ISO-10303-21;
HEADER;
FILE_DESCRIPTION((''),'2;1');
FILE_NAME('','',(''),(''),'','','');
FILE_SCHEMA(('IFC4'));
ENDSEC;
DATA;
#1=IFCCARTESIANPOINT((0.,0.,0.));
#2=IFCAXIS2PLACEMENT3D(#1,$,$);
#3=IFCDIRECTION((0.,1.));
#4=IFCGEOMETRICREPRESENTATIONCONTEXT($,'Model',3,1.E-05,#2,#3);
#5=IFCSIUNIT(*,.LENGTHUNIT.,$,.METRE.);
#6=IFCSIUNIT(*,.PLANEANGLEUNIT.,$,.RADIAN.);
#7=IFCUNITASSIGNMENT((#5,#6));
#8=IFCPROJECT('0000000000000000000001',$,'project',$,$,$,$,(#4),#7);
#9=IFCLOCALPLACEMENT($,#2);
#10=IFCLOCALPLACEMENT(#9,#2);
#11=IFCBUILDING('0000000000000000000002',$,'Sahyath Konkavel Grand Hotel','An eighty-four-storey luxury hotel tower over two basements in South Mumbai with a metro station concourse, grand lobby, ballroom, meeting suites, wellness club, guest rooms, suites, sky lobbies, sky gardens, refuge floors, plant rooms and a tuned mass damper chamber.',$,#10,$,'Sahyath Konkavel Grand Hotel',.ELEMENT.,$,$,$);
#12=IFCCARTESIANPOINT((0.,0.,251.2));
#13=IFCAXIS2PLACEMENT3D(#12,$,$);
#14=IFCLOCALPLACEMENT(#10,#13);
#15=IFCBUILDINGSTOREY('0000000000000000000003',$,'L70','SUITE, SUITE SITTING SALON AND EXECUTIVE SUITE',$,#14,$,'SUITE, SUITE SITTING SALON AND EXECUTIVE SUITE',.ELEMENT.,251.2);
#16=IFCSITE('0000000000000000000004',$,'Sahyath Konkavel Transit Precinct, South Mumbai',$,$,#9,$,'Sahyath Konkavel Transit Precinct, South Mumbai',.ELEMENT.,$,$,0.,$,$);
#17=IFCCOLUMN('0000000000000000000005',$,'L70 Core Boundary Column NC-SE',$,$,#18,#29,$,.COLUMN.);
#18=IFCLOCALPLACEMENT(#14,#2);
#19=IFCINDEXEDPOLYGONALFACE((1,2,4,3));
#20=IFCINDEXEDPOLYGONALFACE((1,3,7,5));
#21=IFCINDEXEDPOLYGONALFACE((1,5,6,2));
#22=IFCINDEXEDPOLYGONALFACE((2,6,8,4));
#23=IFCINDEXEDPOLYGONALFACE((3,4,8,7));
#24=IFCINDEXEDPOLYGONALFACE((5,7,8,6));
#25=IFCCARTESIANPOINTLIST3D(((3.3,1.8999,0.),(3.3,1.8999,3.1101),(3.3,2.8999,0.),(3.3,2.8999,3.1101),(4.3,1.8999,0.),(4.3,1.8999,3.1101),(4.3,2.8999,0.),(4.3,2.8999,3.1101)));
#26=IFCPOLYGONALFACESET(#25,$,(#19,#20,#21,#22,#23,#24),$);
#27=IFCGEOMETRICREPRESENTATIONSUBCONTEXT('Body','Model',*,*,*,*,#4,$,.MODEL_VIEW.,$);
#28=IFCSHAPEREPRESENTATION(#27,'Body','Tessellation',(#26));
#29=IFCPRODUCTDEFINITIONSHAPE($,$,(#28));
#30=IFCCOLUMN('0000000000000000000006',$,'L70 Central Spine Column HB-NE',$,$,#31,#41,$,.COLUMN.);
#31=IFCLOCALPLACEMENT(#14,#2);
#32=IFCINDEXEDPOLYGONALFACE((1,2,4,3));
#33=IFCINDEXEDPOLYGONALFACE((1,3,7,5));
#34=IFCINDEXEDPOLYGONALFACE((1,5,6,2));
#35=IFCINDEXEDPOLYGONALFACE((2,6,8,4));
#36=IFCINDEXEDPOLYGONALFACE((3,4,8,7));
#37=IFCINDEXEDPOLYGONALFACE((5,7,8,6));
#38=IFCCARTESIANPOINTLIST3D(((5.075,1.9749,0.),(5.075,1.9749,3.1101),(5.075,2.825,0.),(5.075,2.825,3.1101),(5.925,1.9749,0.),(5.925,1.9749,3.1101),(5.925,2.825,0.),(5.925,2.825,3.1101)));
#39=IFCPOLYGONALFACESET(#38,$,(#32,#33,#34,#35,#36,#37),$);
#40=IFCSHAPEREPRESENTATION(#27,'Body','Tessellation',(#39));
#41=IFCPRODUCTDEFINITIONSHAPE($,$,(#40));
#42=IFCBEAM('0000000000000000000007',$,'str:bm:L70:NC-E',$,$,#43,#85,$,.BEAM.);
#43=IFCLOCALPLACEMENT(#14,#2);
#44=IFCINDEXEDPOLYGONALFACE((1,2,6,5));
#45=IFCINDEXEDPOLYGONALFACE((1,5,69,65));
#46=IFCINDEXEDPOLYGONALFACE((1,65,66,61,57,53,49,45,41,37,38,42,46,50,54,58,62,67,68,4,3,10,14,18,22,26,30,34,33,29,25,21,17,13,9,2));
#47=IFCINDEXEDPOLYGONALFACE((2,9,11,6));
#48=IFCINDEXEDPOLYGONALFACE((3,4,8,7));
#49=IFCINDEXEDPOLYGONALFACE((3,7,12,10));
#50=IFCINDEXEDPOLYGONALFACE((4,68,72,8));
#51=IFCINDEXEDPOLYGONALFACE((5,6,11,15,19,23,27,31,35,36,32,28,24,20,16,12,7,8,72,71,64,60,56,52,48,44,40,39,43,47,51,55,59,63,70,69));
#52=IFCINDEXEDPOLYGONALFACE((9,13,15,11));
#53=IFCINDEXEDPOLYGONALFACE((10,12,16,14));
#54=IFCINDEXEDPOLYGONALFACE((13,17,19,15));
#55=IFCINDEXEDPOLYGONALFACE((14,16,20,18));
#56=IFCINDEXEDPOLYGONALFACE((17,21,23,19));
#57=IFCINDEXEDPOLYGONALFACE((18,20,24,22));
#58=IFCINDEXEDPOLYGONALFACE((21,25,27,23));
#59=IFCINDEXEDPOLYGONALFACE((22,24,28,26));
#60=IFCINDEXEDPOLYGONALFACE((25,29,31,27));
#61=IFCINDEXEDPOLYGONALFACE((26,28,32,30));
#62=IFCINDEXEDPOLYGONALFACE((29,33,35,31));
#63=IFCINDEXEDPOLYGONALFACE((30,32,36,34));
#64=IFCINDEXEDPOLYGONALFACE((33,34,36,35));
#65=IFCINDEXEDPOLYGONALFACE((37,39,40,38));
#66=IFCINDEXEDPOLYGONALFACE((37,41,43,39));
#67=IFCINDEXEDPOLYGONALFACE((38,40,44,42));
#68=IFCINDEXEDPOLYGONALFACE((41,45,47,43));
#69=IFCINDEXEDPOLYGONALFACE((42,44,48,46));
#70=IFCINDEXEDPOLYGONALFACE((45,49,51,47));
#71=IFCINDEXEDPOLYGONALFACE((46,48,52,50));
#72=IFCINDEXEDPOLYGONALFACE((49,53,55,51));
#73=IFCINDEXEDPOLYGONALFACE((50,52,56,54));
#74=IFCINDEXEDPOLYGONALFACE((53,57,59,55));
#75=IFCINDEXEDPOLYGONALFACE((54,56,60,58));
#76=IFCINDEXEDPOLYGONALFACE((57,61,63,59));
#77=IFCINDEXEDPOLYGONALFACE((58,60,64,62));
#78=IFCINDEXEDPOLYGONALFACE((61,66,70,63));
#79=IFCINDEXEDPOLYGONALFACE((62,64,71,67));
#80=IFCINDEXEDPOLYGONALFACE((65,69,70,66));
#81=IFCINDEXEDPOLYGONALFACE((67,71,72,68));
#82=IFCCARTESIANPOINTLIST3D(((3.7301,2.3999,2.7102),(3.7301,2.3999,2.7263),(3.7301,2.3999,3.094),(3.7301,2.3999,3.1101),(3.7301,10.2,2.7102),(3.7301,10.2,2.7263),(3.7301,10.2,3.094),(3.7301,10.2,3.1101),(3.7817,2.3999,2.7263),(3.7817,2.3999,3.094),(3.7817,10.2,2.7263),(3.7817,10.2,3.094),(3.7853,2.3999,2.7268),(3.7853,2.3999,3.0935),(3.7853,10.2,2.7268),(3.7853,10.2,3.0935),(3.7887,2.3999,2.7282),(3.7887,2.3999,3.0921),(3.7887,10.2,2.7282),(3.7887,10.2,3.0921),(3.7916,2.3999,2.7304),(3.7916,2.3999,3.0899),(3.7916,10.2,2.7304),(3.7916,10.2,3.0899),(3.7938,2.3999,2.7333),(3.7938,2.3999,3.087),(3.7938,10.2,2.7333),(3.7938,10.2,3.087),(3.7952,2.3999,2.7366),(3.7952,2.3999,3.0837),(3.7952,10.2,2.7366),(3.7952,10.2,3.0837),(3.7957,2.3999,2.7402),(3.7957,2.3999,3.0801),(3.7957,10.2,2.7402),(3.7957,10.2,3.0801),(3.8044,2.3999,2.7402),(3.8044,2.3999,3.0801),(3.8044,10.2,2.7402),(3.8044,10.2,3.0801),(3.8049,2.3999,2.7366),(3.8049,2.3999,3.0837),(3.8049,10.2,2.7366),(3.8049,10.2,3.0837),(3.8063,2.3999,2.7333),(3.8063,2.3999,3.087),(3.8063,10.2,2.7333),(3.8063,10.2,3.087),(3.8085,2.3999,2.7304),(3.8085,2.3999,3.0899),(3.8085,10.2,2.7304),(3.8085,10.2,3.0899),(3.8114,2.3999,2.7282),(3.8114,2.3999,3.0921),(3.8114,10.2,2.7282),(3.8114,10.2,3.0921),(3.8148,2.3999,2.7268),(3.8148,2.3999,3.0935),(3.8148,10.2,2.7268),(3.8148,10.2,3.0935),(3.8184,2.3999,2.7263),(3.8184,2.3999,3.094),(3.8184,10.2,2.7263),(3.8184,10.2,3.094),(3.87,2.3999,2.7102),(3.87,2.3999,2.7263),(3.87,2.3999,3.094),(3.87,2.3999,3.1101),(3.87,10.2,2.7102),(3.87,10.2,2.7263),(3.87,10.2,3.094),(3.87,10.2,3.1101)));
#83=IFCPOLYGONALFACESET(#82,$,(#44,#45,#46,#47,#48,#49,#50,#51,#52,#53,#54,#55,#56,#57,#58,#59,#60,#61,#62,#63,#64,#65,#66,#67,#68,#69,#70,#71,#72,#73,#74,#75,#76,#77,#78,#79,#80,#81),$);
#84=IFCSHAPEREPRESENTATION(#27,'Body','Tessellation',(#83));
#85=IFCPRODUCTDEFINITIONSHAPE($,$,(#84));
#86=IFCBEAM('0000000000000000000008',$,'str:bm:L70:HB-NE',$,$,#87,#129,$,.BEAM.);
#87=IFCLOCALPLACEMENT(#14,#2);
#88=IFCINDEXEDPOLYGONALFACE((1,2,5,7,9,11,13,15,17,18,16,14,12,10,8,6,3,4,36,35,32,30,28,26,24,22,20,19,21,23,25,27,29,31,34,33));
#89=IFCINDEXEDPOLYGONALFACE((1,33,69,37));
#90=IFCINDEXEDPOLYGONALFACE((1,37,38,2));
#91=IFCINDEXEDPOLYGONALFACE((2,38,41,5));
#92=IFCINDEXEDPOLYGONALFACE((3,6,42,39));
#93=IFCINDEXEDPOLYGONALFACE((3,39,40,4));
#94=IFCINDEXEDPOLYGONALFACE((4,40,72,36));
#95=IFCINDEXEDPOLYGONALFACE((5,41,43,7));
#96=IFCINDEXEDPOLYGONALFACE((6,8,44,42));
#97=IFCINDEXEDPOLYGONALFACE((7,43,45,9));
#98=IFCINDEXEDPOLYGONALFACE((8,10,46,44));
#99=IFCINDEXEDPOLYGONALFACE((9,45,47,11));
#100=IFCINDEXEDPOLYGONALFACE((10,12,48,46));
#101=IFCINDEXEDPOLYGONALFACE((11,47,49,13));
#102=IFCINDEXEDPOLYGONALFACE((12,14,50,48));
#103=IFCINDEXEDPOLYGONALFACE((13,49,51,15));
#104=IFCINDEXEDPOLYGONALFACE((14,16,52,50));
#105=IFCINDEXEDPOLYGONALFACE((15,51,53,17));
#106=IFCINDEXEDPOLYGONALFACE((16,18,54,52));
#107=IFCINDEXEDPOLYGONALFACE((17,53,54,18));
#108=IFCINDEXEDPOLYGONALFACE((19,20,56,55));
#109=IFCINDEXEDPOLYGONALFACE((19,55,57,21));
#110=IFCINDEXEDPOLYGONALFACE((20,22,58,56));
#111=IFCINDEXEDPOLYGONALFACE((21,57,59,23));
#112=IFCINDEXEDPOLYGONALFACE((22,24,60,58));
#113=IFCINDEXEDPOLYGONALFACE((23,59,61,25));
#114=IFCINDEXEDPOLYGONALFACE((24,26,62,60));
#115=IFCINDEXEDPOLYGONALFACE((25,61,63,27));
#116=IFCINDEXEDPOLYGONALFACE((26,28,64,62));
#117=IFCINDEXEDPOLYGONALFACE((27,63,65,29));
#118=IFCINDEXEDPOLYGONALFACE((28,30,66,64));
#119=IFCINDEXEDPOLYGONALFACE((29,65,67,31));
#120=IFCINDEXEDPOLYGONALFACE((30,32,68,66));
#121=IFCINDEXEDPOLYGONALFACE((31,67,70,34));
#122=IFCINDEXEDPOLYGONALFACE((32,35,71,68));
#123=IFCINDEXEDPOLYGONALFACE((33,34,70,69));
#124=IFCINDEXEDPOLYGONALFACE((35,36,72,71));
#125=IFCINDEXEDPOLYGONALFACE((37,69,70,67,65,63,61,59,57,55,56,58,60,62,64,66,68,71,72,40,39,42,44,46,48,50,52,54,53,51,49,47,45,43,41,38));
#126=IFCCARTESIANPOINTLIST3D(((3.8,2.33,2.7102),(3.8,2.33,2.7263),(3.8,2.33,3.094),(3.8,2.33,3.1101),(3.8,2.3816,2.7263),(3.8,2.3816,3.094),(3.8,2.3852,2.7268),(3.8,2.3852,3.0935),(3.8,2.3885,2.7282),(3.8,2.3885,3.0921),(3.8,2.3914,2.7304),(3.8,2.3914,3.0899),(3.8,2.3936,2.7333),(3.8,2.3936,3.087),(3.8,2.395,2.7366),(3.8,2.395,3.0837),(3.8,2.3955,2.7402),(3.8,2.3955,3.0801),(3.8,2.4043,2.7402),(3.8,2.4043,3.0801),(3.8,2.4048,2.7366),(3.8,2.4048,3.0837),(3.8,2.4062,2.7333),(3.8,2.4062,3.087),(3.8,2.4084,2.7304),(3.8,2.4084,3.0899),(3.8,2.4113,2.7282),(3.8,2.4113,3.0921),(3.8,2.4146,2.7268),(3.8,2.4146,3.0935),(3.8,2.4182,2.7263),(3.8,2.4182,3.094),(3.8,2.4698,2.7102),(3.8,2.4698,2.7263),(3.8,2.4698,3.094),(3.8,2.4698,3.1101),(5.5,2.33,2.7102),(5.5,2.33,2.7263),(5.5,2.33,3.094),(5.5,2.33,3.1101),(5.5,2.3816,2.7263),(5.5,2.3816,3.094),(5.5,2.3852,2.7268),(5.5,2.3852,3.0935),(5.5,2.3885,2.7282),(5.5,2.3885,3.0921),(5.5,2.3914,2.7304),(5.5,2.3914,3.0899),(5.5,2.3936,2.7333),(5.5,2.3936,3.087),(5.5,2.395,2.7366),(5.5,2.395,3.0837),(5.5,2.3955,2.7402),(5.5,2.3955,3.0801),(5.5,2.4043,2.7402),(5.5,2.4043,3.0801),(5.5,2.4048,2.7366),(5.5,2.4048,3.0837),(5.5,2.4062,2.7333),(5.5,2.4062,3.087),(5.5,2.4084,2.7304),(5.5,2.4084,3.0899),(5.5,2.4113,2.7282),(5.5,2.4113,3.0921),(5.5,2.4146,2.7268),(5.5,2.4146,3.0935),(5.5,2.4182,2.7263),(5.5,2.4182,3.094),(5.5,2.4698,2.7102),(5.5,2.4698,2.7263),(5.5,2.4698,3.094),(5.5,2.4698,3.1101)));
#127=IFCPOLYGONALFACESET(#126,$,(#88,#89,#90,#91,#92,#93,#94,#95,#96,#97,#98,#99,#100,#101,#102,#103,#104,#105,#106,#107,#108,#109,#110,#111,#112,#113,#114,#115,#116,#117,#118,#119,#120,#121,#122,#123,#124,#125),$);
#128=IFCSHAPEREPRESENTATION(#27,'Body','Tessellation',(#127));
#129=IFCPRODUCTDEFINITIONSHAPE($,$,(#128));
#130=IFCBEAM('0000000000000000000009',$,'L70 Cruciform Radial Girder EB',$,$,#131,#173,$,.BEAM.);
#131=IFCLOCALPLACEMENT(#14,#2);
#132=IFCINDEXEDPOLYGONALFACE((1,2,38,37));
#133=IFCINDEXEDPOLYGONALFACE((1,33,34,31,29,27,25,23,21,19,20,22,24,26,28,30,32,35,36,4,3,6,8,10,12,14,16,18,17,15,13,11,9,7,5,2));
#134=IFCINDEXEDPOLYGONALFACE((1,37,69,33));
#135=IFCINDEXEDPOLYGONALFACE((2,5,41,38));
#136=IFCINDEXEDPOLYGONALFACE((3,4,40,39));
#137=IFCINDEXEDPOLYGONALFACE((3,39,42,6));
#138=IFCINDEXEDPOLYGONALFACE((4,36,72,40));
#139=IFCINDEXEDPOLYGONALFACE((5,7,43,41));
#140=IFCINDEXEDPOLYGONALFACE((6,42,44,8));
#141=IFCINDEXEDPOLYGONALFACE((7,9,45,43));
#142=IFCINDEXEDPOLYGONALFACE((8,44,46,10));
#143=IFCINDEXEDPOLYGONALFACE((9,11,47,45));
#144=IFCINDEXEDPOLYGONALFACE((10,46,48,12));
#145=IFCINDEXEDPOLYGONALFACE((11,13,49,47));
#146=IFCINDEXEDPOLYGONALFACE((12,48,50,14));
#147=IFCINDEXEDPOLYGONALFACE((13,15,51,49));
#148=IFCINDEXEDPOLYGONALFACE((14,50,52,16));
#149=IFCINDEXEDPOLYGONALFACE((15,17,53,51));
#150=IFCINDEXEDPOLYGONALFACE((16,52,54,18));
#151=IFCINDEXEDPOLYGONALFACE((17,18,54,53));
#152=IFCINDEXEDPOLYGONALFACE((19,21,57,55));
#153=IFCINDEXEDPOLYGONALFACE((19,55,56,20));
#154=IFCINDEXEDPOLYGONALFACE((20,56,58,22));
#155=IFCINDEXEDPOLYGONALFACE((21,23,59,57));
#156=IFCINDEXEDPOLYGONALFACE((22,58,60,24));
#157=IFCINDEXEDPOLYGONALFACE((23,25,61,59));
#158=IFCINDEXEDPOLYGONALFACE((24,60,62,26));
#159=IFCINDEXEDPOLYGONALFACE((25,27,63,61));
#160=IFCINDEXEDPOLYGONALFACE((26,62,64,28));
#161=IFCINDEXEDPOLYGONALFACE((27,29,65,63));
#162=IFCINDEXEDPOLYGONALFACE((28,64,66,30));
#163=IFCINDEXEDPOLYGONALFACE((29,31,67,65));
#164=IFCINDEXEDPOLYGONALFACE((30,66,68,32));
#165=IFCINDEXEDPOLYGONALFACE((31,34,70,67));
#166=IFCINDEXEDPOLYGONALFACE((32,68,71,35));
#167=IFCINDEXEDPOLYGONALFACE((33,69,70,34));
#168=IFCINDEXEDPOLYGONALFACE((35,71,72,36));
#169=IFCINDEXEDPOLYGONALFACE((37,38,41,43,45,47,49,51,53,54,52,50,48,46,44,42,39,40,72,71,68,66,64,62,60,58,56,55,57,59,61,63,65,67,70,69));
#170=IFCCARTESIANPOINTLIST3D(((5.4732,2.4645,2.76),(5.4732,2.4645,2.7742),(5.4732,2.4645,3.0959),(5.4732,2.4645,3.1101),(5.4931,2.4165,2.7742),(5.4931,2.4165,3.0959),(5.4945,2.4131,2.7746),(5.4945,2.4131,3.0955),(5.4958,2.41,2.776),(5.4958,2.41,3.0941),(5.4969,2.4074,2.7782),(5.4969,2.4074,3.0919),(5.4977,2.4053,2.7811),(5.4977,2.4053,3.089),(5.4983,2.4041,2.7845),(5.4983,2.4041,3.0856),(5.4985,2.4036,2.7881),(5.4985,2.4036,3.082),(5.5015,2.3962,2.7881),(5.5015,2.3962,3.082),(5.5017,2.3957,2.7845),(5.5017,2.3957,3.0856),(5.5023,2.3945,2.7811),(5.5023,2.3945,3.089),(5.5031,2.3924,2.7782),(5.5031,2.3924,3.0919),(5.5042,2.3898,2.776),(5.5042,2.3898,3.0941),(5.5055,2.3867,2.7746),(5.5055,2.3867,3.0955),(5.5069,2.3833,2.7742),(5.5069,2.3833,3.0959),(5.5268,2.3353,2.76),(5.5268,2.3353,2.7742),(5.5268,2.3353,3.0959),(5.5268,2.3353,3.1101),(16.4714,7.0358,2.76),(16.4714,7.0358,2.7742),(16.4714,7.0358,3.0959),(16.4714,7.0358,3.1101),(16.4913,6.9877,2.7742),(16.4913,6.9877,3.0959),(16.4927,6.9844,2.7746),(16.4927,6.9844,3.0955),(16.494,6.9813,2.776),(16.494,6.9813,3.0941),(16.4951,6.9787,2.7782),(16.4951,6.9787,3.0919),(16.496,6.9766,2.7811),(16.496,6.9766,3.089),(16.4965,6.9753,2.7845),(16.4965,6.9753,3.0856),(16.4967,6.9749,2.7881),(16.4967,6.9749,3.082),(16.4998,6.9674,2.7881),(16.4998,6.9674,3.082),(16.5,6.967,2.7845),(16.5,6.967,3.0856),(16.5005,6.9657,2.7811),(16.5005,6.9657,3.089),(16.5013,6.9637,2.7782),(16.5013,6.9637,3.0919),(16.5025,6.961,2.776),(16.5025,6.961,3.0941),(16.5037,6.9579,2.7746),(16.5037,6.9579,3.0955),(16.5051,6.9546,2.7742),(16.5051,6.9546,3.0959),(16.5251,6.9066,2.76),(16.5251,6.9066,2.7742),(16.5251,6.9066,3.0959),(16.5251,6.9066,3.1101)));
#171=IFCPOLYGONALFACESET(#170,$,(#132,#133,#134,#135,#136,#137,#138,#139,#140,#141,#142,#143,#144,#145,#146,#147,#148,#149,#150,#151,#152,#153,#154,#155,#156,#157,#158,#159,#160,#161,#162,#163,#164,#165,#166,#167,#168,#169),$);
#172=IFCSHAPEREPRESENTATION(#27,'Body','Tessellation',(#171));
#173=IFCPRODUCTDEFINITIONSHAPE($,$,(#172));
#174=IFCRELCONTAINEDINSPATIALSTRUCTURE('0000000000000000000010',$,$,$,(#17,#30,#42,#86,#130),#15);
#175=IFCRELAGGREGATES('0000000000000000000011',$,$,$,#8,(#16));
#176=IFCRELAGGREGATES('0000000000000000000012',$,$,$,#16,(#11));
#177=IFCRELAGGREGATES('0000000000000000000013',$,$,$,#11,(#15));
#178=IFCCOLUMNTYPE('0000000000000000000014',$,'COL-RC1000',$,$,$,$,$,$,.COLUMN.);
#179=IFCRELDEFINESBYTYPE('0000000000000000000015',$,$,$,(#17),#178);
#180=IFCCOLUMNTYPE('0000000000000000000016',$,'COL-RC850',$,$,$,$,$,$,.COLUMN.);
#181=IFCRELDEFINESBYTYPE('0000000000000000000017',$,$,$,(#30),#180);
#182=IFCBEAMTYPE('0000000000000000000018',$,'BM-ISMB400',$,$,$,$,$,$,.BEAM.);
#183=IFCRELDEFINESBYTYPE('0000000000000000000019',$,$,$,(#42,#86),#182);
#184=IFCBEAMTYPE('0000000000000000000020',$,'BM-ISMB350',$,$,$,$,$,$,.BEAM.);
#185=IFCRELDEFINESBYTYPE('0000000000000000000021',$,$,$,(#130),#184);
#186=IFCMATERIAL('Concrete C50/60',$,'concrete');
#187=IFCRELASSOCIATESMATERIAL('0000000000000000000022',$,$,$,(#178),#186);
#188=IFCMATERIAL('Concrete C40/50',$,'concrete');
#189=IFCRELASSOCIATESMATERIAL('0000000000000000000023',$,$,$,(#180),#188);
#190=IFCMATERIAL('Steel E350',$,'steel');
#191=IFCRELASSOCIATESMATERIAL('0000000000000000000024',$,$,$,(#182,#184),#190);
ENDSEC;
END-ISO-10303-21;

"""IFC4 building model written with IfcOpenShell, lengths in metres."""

from ifc_helpers import new_model, si_unit, direction, frame, origin, origin_2d, place, context, subcontext, project, spatial, rectangle, i_section, extrude, source, transform, mapped, material, material_profile, profile_set, type_object, element, save


model = new_model("IFC4")

# Units and contexts
model_context = context("Model", 3, precision=1e-05, world=origin(), true_north=direction((0.0, 1.0)))
body_context = subcontext(model_context, "Body", "Model", "MODEL_VIEW")
ifc_project = project(units=[si_unit("LENGTHUNIT", "METRE"), si_unit("PLANEANGLEUNIT", "RADIAN")], contexts=[model_context])

# Site, building, storey
site_placement = place(None, origin())
site = spatial("IfcSite", under=ifc_project, at=site_placement, Name="Sahyath Konkavel Transit Precinct, South Mumbai", LongName="Sahyath Konkavel Transit Precinct, South Mumbai", CompositionType="ELEMENT", RefElevation=0.0)
building_placement = place(site_placement, origin())
building = spatial("IfcBuilding", under=site, at=building_placement, Name="Sahyath Konkavel Grand Hotel", Description="An eighty-four-storey luxury hotel tower over two basements in South Mumbai with a metro station concourse, grand lobby, ballroom, meeting suites, wellness club, guest rooms, suites, sky lobbies, sky gardens, refuge floors, plant rooms and a tuned mass damper chamber.", LongName="Sahyath Konkavel Grand Hotel", CompositionType="ELEMENT")
storey_placement = place(building_placement, frame((0.0, 0.0, 251.2)))
storey = spatial("IfcBuildingStorey", under=building, at=storey_placement, Name="L70", Description="SUITE, SUITE SITTING SALON AND EXECUTIVE SUITE", LongName="SUITE, SUITE SITTING SALON AND EXECUTIVE SUITE", CompositionType="ELEMENT", Elevation=251.2)

# Columns
ifc_material_1 = material(Name="Concrete C50/60", Category="concrete")
ifc_material_profile_1 = material_profile(ifc_material_1, rectangle(XDim=1.0, YDim=1.0, at=origin_2d()), Name="RC 1000x1000")
ifc_profile_set_1 = profile_set([ifc_material_profile_1], Name="Concrete C50/60")
column_type_1 = type_object("IfcColumnType", Name="COL-RC1000", PredefinedType="COLUMN", material=ifc_profile_set_1)
shared_shape_1 = source(origin(), body_context, "Body", "SweptSolid", [
    extrude(rectangle(XDim=1.0, YDim=1.0, at=origin_2d()), origin(), (0.0, 0.0, 1.0), 3.1101),
])
column_1_placement = place(storey_placement, frame((3.8, 2.3999, 0.0), z_axis=(0.0, 0.0, 1.0), x_axis=(1.0, 0.0, 0.0)))
element("IfcColumn", 1, at=column_1_placement, inside=storey, type_object=column_type_1, Name="L70 Core Boundary Column NC-SE", PredefinedType="COLUMN", context=body_context, shape_type="MappedRepresentation", body=[
    mapped(shared_shape_1, transform((0.0, 0.0, 0.0), scale=1.0)),
])
ifc_material_2 = material(Name="Concrete C40/50", Category="concrete")
ifc_material_profile_2 = material_profile(ifc_material_2, rectangle(XDim=0.8501, YDim=0.8501, at=origin_2d()), Name="RC 850x850")
ifc_profile_set_2 = profile_set([ifc_material_profile_2], Name="Concrete C40/50")
column_type_2 = type_object("IfcColumnType", Name="COL-RC850", PredefinedType="COLUMN", material=ifc_profile_set_2)
shared_shape_2 = source(origin(), body_context, "Body", "SweptSolid", [
    extrude(rectangle(XDim=0.8501, YDim=0.8501, at=origin_2d()), origin(), (0.0, 0.0, 1.0), 3.1101),
])
column_2_placement = place(storey_placement, frame((5.5, 2.3999, 0.0), z_axis=(0.0, 0.0, 1.0), x_axis=(1.0, 0.0, 0.0)))
element("IfcColumn", 2, at=column_2_placement, inside=storey, type_object=column_type_2, Name="L70 Central Spine Column HB-NE", PredefinedType="COLUMN", context=body_context, shape_type="MappedRepresentation", body=[
    mapped(shared_shape_2, transform((0.0, 0.0, 0.0), scale=1.0)),
])

# Beams
ifc_material_3 = material(Name="Steel E350", Category="steel")
ifc_material_profile_3 = material_profile(ifc_material_3, i_section(OverallWidth=0.1399, OverallDepth=0.3999, WebThickness=0.0088, FlangeThickness=0.0161, FilletRadius=0.0139, at=origin_2d()), Name="ISMB 400")
ifc_profile_set_3 = profile_set([ifc_material_profile_3], Name="Steel E350")
beam_type_1 = type_object("IfcBeamType", Name="BM-ISMB400", PredefinedType="BEAM", material=ifc_profile_set_3)
shared_shape_3 = source(origin(), body_context, "Body", "SweptSolid", [
    extrude(i_section(OverallWidth=0.1399, OverallDepth=0.3999, WebThickness=0.0088, FlangeThickness=0.0161, FilletRadius=0.0139, at=origin_2d()), origin(), (0.0, 0.0, 1.0), 7.8),
])
beam_1_placement = place(storey_placement, frame((3.8, 2.3999, 2.9102), z_axis=(0.0, 1.0, 0.0), x_axis=(-1.0, 0.0, 0.0)))
element("IfcBeam", 3, at=beam_1_placement, inside=storey, type_object=beam_type_1, Name="str:bm:L70:NC-E", PredefinedType="BEAM", context=body_context, shape_type="MappedRepresentation", body=[
    mapped(shared_shape_3, transform((0.0, 0.0, 0.0), scale=1.0)),
])
shared_shape_4 = source(origin(), body_context, "Body", "SweptSolid", [
    extrude(i_section(OverallWidth=0.1399, OverallDepth=0.3999, WebThickness=0.0088, FlangeThickness=0.0161, FilletRadius=0.0139, at=origin_2d()), origin(), (0.0, 0.0, 1.0), 1.7),
])
beam_2_placement = place(storey_placement, frame((3.8, 2.3999, 2.9102), z_axis=(1.0, 0.0, 0.0), x_axis=(0.0, 1.0, 0.0)))
element("IfcBeam", 4, at=beam_2_placement, inside=storey, type_object=beam_type_1, Name="str:bm:L70:HB-NE", PredefinedType="BEAM", context=body_context, shape_type="MappedRepresentation", body=[
    mapped(shared_shape_4, transform((0.0, 0.0, 0.0), scale=1.0)),
])
ifc_material_profile_4 = material_profile(ifc_material_3, i_section(OverallWidth=0.1399, OverallDepth=0.3501, WebThickness=0.0081, FlangeThickness=0.0142, FilletRadius=0.0139, at=origin_2d()), Name="ISMB 350")
ifc_profile_set_4 = profile_set([ifc_material_profile_4], Name="Steel E350")
beam_type_2 = type_object("IfcBeamType", Name="BM-ISMB350", PredefinedType="BEAM", material=ifc_profile_set_4)
shared_shape_5 = source(origin(), body_context, "Body", "SweptSolid", [
    extrude(i_section(OverallWidth=0.1399, OverallDepth=0.3501, WebThickness=0.0081, FlangeThickness=0.0142, FilletRadius=0.0139, at=origin_2d()), origin(), (0.0, 0.0, 1.0), 11.9104),
])
beam_3_placement = place(storey_placement, frame((5.5, 2.3999, 2.9351), z_axis=(0.923414, 0.383805, 0.0), x_axis=(-0.383805, 0.923414, 0.0)))
element("IfcBeam", 5, at=beam_3_placement, inside=storey, type_object=beam_type_2, Name="L70 Cruciform Radial Girder EB", PredefinedType="BEAM", context=body_context, shape_type="MappedRepresentation", body=[
    mapped(shared_shape_5, transform((0.0, 0.0, 0.0), scale=1.0)),
])

save(model, "model.ifc")
